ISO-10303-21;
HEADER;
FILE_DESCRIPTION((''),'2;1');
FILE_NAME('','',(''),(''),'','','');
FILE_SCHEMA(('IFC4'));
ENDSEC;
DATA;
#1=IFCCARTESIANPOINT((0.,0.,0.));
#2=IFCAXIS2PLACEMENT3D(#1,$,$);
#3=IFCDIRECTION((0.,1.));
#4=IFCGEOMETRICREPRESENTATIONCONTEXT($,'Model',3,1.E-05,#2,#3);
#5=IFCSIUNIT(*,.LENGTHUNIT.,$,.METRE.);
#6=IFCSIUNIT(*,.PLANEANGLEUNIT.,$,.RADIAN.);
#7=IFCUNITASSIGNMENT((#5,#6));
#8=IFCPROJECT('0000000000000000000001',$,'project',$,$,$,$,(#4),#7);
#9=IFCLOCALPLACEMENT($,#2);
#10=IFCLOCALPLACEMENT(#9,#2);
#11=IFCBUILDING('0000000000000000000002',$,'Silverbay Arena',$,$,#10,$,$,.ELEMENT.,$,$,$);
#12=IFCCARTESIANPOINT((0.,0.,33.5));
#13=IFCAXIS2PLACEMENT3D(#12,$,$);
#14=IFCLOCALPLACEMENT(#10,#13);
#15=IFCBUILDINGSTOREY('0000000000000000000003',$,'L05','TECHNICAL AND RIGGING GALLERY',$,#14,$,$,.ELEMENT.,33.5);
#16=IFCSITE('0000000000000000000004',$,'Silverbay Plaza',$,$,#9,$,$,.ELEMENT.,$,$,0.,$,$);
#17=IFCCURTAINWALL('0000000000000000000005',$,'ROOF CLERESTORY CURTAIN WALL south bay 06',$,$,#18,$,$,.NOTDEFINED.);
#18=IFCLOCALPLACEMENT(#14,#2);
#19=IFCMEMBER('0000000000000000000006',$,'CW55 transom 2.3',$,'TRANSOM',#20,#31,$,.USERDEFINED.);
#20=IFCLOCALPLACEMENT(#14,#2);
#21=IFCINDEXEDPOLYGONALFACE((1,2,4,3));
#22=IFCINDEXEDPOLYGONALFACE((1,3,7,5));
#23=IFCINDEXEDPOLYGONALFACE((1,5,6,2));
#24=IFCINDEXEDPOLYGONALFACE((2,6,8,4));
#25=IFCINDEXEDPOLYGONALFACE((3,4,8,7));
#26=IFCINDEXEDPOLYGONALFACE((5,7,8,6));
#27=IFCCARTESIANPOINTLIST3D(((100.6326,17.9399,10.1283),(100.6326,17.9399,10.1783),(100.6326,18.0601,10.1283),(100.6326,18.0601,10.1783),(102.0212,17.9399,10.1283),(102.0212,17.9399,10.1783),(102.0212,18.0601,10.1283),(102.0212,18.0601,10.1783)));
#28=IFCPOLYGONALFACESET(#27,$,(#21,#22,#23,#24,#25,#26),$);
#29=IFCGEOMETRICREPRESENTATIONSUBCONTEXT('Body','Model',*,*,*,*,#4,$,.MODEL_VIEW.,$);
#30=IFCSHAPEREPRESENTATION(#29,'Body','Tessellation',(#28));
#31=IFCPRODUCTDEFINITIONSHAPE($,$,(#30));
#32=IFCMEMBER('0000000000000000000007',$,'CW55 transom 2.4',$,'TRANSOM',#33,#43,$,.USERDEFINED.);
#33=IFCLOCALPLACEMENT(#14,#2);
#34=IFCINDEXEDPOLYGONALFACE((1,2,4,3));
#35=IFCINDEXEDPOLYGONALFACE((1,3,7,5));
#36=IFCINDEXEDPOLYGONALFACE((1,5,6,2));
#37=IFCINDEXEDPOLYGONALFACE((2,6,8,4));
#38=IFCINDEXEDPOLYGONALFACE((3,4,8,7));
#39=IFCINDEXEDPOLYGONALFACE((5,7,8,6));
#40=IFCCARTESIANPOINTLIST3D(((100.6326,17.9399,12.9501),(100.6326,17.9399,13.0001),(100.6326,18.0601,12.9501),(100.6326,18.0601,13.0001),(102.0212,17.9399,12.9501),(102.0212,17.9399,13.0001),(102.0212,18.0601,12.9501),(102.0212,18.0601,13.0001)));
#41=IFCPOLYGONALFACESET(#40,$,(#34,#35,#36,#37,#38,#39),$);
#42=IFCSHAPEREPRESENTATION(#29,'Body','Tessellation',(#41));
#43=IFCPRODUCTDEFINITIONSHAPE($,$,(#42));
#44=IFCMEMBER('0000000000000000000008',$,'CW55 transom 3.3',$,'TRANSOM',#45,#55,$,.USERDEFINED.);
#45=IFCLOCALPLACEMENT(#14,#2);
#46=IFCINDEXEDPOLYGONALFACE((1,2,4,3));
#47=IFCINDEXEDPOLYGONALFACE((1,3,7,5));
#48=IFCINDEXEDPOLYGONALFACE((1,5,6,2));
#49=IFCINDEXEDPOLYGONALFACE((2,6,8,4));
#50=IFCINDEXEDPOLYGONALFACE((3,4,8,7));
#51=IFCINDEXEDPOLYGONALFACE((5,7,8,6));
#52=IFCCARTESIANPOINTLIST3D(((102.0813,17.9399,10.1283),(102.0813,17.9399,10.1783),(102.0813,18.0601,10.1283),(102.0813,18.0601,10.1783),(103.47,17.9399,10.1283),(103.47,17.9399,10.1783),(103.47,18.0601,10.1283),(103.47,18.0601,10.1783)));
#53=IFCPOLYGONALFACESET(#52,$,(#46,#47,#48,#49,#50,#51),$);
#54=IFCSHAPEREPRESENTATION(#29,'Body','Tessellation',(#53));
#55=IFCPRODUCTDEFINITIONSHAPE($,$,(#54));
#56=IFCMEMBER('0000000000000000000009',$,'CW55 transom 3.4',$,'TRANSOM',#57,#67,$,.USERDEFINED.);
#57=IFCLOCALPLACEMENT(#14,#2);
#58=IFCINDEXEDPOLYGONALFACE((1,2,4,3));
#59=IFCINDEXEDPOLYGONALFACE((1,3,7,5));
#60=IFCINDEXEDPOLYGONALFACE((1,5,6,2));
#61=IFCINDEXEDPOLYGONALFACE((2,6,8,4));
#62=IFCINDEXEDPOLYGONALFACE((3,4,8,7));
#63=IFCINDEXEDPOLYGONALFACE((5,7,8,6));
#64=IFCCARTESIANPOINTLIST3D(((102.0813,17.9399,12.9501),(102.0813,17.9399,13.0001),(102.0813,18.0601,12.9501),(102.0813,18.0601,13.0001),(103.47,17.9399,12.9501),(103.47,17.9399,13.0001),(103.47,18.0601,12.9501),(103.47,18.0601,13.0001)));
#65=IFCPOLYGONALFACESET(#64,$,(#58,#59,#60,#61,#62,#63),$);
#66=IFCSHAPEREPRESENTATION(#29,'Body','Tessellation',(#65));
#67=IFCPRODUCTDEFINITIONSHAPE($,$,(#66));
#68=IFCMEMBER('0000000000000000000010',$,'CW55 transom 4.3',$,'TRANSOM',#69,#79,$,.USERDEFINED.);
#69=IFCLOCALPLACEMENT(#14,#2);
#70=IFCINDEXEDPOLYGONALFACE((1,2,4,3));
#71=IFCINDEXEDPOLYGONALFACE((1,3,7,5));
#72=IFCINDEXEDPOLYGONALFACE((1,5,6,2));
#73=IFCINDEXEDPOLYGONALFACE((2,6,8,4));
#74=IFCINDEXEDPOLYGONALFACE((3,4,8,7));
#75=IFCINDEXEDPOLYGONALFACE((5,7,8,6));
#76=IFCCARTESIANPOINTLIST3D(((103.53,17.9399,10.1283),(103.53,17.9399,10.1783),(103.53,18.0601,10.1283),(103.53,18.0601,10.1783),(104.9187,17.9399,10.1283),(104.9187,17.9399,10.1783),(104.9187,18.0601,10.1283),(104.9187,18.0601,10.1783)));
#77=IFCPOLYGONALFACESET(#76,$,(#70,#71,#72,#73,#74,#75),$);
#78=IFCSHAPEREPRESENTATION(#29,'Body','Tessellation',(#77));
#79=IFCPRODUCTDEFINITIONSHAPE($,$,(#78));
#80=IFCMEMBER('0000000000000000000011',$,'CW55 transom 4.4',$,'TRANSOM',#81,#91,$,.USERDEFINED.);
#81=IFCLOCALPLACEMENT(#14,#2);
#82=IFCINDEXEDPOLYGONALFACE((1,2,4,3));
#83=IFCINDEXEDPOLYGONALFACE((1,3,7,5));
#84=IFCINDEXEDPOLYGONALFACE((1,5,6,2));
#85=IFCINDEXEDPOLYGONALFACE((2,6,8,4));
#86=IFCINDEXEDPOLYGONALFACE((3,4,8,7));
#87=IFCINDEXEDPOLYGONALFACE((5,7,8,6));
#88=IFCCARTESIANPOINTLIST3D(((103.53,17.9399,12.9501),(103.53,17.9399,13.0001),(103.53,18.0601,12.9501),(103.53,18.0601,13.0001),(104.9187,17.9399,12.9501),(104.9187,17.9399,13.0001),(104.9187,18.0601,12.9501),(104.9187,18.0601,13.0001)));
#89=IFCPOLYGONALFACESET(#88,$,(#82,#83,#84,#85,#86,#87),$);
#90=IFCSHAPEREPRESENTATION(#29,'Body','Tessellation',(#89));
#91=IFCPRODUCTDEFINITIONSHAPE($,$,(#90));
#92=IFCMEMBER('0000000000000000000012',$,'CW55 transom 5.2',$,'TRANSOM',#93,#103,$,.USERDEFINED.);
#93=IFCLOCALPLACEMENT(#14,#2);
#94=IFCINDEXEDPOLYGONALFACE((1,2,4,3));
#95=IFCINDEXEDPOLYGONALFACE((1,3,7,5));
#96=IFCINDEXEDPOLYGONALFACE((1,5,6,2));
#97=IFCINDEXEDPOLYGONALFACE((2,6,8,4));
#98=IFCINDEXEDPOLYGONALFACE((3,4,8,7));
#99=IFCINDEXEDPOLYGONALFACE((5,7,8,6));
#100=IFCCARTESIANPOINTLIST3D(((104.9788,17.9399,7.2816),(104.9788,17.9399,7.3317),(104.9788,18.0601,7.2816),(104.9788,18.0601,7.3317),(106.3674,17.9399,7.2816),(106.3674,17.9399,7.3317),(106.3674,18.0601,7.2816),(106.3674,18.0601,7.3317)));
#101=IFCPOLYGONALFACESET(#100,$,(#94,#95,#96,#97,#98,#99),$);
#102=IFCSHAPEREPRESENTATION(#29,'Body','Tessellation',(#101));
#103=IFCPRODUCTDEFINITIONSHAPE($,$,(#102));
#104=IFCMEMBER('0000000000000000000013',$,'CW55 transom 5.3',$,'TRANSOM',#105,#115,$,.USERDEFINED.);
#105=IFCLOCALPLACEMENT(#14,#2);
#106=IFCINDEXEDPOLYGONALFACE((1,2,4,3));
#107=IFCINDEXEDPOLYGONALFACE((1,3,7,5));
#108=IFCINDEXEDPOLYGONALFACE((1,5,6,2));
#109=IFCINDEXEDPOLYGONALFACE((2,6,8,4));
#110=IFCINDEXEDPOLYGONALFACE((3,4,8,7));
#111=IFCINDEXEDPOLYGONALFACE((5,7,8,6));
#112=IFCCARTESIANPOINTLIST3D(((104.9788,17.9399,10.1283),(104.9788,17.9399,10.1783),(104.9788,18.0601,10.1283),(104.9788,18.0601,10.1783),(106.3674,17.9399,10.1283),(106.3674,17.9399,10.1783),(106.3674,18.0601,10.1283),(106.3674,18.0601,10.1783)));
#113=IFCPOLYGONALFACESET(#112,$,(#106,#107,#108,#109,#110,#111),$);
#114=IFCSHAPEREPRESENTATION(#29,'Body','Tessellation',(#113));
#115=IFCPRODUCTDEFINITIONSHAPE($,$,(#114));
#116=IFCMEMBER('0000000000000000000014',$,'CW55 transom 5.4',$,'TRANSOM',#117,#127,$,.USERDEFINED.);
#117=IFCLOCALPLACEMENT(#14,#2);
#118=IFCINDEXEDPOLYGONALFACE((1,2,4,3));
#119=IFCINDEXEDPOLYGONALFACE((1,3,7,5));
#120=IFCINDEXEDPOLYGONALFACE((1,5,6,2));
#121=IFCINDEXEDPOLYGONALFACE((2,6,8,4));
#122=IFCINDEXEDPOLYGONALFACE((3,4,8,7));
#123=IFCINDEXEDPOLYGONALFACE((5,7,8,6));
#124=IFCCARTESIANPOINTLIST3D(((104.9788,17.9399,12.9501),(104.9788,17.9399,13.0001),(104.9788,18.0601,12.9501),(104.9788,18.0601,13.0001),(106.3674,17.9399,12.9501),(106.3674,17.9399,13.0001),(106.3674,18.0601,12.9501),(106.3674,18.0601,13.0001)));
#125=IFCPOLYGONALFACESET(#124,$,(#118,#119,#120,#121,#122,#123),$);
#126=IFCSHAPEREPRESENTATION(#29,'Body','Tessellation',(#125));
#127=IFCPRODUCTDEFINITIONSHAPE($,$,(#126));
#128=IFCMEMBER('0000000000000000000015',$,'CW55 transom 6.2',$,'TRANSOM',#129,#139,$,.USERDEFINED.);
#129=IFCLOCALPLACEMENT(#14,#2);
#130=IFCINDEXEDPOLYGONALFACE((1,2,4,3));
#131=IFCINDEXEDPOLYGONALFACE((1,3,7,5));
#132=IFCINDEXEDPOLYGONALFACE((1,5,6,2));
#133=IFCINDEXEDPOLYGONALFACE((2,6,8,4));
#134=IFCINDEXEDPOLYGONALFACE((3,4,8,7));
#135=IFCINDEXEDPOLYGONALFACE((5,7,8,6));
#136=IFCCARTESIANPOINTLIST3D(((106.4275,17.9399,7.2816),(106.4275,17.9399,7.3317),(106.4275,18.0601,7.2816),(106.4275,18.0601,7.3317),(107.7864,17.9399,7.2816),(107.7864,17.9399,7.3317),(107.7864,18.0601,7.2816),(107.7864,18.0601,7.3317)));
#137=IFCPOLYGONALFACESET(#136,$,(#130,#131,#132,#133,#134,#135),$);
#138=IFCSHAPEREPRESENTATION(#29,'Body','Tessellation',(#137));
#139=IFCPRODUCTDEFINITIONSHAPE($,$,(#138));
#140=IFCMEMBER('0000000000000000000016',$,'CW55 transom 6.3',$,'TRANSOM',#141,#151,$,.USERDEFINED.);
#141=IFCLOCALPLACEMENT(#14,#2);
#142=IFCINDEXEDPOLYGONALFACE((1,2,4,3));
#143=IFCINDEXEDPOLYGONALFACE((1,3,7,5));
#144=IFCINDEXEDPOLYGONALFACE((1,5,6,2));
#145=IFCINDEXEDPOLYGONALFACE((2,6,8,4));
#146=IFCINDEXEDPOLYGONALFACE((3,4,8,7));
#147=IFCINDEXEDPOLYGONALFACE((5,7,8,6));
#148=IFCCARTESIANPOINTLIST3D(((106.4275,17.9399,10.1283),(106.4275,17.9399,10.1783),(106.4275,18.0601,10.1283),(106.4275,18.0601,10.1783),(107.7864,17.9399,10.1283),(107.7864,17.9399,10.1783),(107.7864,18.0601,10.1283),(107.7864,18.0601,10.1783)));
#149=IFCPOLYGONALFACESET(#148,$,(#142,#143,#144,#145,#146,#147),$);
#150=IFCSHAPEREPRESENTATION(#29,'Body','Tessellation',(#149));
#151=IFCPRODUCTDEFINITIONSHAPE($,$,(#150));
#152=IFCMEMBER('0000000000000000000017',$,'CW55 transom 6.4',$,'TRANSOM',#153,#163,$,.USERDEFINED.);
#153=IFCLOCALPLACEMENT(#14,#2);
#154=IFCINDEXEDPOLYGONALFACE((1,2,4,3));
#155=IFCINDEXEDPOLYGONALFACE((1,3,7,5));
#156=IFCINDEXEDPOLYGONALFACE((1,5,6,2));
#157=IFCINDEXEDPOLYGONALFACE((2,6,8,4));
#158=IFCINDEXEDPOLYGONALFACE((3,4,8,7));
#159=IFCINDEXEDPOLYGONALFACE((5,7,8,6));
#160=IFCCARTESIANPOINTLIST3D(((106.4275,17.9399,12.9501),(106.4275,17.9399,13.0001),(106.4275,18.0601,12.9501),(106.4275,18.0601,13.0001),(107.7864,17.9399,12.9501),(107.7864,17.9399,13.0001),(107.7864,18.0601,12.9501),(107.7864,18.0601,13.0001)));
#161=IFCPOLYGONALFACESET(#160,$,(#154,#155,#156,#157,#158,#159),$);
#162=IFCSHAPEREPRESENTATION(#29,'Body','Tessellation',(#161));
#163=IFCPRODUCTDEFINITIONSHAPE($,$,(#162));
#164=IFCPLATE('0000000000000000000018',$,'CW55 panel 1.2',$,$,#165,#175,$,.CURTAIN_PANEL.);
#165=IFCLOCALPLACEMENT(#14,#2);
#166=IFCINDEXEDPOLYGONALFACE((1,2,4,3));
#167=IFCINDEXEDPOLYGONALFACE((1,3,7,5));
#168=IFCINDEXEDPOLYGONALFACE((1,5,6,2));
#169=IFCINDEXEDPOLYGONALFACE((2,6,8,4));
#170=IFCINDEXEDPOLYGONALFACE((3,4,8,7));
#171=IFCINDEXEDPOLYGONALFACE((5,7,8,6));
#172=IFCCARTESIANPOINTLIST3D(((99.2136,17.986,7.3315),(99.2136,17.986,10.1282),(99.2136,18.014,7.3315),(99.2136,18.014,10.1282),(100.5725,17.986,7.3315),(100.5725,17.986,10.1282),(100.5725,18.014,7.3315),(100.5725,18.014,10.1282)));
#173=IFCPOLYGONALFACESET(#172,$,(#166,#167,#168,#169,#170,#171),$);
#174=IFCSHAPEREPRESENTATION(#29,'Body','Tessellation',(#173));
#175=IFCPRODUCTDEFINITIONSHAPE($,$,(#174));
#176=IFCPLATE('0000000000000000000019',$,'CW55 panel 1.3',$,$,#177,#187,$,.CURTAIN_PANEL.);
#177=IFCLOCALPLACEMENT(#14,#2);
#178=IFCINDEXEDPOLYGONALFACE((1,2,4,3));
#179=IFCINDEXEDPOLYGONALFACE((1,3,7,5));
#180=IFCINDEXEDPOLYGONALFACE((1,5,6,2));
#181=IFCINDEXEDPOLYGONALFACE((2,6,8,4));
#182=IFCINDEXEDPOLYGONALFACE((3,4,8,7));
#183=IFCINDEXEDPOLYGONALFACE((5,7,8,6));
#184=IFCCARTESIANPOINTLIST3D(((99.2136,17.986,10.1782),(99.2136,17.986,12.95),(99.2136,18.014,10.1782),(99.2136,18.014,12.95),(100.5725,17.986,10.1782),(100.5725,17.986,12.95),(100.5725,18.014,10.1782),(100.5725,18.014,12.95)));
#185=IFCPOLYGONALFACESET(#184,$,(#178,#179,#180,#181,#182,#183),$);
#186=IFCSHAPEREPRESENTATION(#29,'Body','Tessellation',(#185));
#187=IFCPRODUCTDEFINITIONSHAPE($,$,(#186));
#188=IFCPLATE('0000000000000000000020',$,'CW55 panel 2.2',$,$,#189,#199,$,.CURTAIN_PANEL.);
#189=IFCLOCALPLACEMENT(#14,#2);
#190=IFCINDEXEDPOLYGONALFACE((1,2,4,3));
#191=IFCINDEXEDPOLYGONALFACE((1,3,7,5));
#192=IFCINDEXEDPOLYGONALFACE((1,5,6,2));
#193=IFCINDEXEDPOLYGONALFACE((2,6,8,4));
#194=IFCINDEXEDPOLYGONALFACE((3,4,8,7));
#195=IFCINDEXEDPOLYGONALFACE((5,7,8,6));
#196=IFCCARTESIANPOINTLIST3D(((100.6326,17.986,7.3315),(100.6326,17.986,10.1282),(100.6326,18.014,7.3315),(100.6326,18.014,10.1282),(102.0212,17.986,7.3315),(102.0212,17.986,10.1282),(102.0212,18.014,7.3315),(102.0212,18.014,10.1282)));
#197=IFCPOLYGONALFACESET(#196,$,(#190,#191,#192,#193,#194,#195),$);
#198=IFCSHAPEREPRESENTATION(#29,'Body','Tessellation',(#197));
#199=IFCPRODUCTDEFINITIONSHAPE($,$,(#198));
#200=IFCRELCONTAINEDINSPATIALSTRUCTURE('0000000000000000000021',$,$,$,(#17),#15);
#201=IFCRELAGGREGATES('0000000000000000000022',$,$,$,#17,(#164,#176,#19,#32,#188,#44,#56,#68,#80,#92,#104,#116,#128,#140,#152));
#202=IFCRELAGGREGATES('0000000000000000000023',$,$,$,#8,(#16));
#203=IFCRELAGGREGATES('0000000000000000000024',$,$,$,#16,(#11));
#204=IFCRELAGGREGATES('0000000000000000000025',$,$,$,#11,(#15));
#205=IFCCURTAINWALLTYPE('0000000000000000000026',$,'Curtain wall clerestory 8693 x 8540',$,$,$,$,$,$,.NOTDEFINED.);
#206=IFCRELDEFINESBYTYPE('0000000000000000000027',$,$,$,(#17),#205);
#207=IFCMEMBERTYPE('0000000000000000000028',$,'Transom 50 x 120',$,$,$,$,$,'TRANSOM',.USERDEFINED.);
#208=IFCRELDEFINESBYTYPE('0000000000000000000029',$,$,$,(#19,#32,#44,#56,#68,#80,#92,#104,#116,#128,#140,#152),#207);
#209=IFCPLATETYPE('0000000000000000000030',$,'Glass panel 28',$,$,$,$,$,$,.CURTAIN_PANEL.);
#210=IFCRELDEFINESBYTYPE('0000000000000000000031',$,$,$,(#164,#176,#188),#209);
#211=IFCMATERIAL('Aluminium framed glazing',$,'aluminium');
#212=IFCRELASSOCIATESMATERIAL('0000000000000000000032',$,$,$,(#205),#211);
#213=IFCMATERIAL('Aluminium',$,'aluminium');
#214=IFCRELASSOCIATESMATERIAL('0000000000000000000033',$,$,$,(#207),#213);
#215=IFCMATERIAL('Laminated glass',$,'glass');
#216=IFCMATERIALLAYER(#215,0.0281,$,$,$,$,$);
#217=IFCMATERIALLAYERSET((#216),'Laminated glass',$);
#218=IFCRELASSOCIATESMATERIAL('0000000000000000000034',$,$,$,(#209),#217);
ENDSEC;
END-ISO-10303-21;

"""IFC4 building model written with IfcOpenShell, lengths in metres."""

from ifc_helpers import new_model, si_unit, direction, frame, origin, origin_2d, place, context, subcontext, project, spatial, rectangle, extrude, material, layer, layer_set, material_profile, profile_set, type_object, element, aggregate, save


model = new_model("IFC4")

# Units and contexts
model_context = context("Model", 3, precision=1e-05, world=origin(), true_north=direction((0.0, 1.0)))
body_context = subcontext(model_context, "Body", "Model", "MODEL_VIEW")
ifc_project = project(units=[si_unit("LENGTHUNIT", "METRE"), si_unit("PLANEANGLEUNIT", "RADIAN")], contexts=[model_context])

# Site, building, storey
site_placement = place(None, origin())
site = spatial("IfcSite", under=ifc_project, at=site_placement, Name="Silverbay Plaza", CompositionType="ELEMENT", RefElevation=0.0)
building_placement = place(site_placement, origin())
building = spatial("IfcBuilding", under=site, at=building_placement, Name="Silverbay Arena", CompositionType="ELEMENT")
storey_placement = place(building_placement, frame((0.0, 0.0, 33.5)))
storey = spatial("IfcBuildingStorey", under=building, at=storey_placement, Name="L05", Description="TECHNICAL AND RIGGING GALLERY", CompositionType="ELEMENT", Elevation=33.5)

# Curtain wall, members, plates
ifc_material_1 = material(Name="Aluminium framed glazing", Category="aluminium")
curtain_wall_type = type_object("IfcCurtainWallType", Name="Curtain wall clerestory 8693 x 8540", PredefinedType="NOTDEFINED", material=ifc_material_1)
curtain_wall_placement = place(storey_placement, origin())
curtain_wall = element("IfcCurtainWall", 1, at=curtain_wall_placement, inside=storey, type_object=curtain_wall_type, Name="ROOF CLERESTORY CURTAIN WALL south bay 06", PredefinedType="NOTDEFINED")
ifc_material_2 = material(Name="Aluminium", Category="aluminium")
ifc_material_profile_1 = material_profile(ifc_material_2, rectangle(XDim=0.1201, YDim=0.05, at=origin_2d()), Name="Transom 50 x 120")
ifc_profile_set_1 = profile_set([ifc_material_profile_1], Name="Aluminium")
member_type_1 = type_object("IfcMemberType", Name="Transom 50 x 120", ElementType="TRANSOM", PredefinedType="USERDEFINED", material=ifc_profile_set_1)
member_1_placement = place(storey_placement, frame((100.6326, 18.0, 10.1533), z_axis=(1.0, 0.0, 0.0), x_axis=(0.0, 1.0, 0.0)))
member_1 = element("IfcMember", 2, at=member_1_placement, type_object=member_type_1, Name="CW55 transom 2.3", ObjectType="TRANSOM", PredefinedType="USERDEFINED", context=body_context, shape_type="SweptSolid", body=[
    extrude(rectangle(XDim=0.1201, YDim=0.05, at=origin_2d()), origin(), (0.0, 0.0, 1.0), 1.3887),
])
member_2_placement = place(storey_placement, frame((100.6326, 18.0, 12.9751), z_axis=(1.0, 0.0, 0.0), x_axis=(0.0, 1.0, 0.0)))
member_2 = element("IfcMember", 3, at=member_2_placement, type_object=member_type_1, Name="CW55 transom 2.4", ObjectType="TRANSOM", PredefinedType="USERDEFINED", context=body_context, shape_type="SweptSolid", body=[
    extrude(rectangle(XDim=0.1201, YDim=0.05, at=origin_2d()), origin(), (0.0, 0.0, 1.0), 1.3887),
])
member_3_placement = place(storey_placement, frame((102.0813, 18.0, 10.1533), z_axis=(1.0, 0.0, 0.0), x_axis=(0.0, 1.0, 0.0)))
member_3 = element("IfcMember", 4, at=member_3_placement, type_object=member_type_1, Name="CW55 transom 3.3", ObjectType="TRANSOM", PredefinedType="USERDEFINED", context=body_context, shape_type="SweptSolid", body=[
    extrude(rectangle(XDim=0.1201, YDim=0.05, at=origin_2d()), origin(), (0.0, 0.0, 1.0), 1.3887),
])
member_4_placement = place(storey_placement, frame((102.0813, 18.0, 12.9751), z_axis=(1.0, 0.0, 0.0), x_axis=(0.0, 1.0, 0.0)))
member_4 = element("IfcMember", 5, at=member_4_placement, type_object=member_type_1, Name="CW55 transom 3.4", ObjectType="TRANSOM", PredefinedType="USERDEFINED", context=body_context, shape_type="SweptSolid", body=[
    extrude(rectangle(XDim=0.1201, YDim=0.05, at=origin_2d()), origin(), (0.0, 0.0, 1.0), 1.3887),
])
member_5_placement = place(storey_placement, frame((103.53, 18.0, 10.1533), z_axis=(1.0, 0.0, 0.0), x_axis=(0.0, 1.0, 0.0)))
member_5 = element("IfcMember", 6, at=member_5_placement, type_object=member_type_1, Name="CW55 transom 4.3", ObjectType="TRANSOM", PredefinedType="USERDEFINED", context=body_context, shape_type="SweptSolid", body=[
    extrude(rectangle(XDim=0.1201, YDim=0.05, at=origin_2d()), origin(), (0.0, 0.0, 1.0), 1.3887),
])
member_6_placement = place(storey_placement, frame((103.53, 18.0, 12.9751), z_axis=(1.0, 0.0, 0.0), x_axis=(0.0, 1.0, 0.0)))
member_6 = element("IfcMember", 7, at=member_6_placement, type_object=member_type_1, Name="CW55 transom 4.4", ObjectType="TRANSOM", PredefinedType="USERDEFINED", context=body_context, shape_type="SweptSolid", body=[
    extrude(rectangle(XDim=0.1201, YDim=0.05, at=origin_2d()), origin(), (0.0, 0.0, 1.0), 1.3887),
])
member_7_placement = place(storey_placement, frame((104.9788, 18.0, 7.3066), z_axis=(1.0, 0.0, 0.0), x_axis=(0.0, 1.0, 0.0)))
member_7 = element("IfcMember", 8, at=member_7_placement, type_object=member_type_1, Name="CW55 transom 5.2", ObjectType="TRANSOM", PredefinedType="USERDEFINED", context=body_context, shape_type="SweptSolid", body=[
    extrude(rectangle(XDim=0.1201, YDim=0.05, at=origin_2d()), origin(), (0.0, 0.0, 1.0), 1.3887),
])
member_8_placement = place(storey_placement, frame((104.9788, 18.0, 10.1533), z_axis=(1.0, 0.0, 0.0), x_axis=(0.0, 1.0, 0.0)))
member_8 = element("IfcMember", 9, at=member_8_placement, type_object=member_type_1, Name="CW55 transom 5.3", ObjectType="TRANSOM", PredefinedType="USERDEFINED", context=body_context, shape_type="SweptSolid", body=[
    extrude(rectangle(XDim=0.1201, YDim=0.05, at=origin_2d()), origin(), (0.0, 0.0, 1.0), 1.3887),
])
member_9_placement = place(storey_placement, frame((104.9788, 18.0, 12.9751), z_axis=(1.0, 0.0, 0.0), x_axis=(0.0, 1.0, 0.0)))
member_9 = element("IfcMember", 10, at=member_9_placement, type_object=member_type_1, Name="CW55 transom 5.4", ObjectType="TRANSOM", PredefinedType="USERDEFINED", context=body_context, shape_type="SweptSolid", body=[
    extrude(rectangle(XDim=0.1201, YDim=0.05, at=origin_2d()), origin(), (0.0, 0.0, 1.0), 1.3887),
])
member_10_placement = place(storey_placement, frame((106.4275, 18.0, 7.3066), z_axis=(1.0, 0.0, 0.0), x_axis=(0.0, 1.0, 0.0)))
member_10 = element("IfcMember", 11, at=member_10_placement, type_object=member_type_1, Name="CW55 transom 6.2", ObjectType="TRANSOM", PredefinedType="USERDEFINED", context=body_context, shape_type="SweptSolid", body=[
    extrude(rectangle(XDim=0.1201, YDim=0.05, at=origin_2d()), origin(), (0.0, 0.0, 1.0), 1.3589),
])
member_11_placement = place(storey_placement, frame((106.4275, 18.0, 10.1533), z_axis=(1.0, 0.0, 0.0), x_axis=(0.0, 1.0, 0.0)))
member_11 = element("IfcMember", 12, at=member_11_placement, type_object=member_type_1, Name="CW55 transom 6.3", ObjectType="TRANSOM", PredefinedType="USERDEFINED", context=body_context, shape_type="SweptSolid", body=[
    extrude(rectangle(XDim=0.1201, YDim=0.05, at=origin_2d()), origin(), (0.0, 0.0, 1.0), 1.3589),
])
member_12_placement = place(storey_placement, frame((106.4275, 18.0, 12.9751), z_axis=(1.0, 0.0, 0.0), x_axis=(0.0, 1.0, 0.0)))
member_12 = element("IfcMember", 13, at=member_12_placement, type_object=member_type_1, Name="CW55 transom 6.4", ObjectType="TRANSOM", PredefinedType="USERDEFINED", context=body_context, shape_type="SweptSolid", body=[
    extrude(rectangle(XDim=0.1201, YDim=0.05, at=origin_2d()), origin(), (0.0, 0.0, 1.0), 1.3589),
])
ifc_material_3 = material(Name="Laminated glass", Category="glass")
ifc_layer = layer(ifc_material_3, 0.0281)
ifc_layer_set = layer_set([ifc_layer], Name="Laminated glass")
plate_type = type_object("IfcPlateType", Name="Glass panel 28", PredefinedType="CURTAIN_PANEL", material=ifc_layer_set)
plate_1_placement = place(storey_placement, frame((99.8931, 18.0, 7.3315), z_axis=(0.0, 0.0, 1.0), x_axis=(1.0, 0.0, 0.0)))
plate_1 = element("IfcPlate", 14, at=plate_1_placement, type_object=plate_type, Name="CW55 panel 1.2", PredefinedType="CURTAIN_PANEL", context=body_context, shape_type="SweptSolid", body=[
    extrude(rectangle(XDim=1.3589, YDim=0.0281, at=origin_2d()), origin(), (0.0, 0.0, 1.0), 2.7966),
])
plate_2_placement = place(storey_placement, frame((99.8931, 18.0, 10.1782), z_axis=(0.0, 0.0, 1.0), x_axis=(1.0, 0.0, 0.0)))
plate_2 = element("IfcPlate", 15, at=plate_2_placement, type_object=plate_type, Name="CW55 panel 1.3", PredefinedType="CURTAIN_PANEL", context=body_context, shape_type="SweptSolid", body=[
    extrude(rectangle(XDim=1.3589, YDim=0.0281, at=origin_2d()), origin(), (0.0, 0.0, 1.0), 2.7717),
])
plate_3_placement = place(storey_placement, frame((101.3269, 18.0, 7.3315), z_axis=(0.0, 0.0, 1.0), x_axis=(1.0, 0.0, 0.0)))
plate_3 = element("IfcPlate", 16, at=plate_3_placement, type_object=plate_type, Name="CW55 panel 2.2", PredefinedType="CURTAIN_PANEL", context=body_context, shape_type="SweptSolid", body=[
    extrude(rectangle(XDim=1.3887, YDim=0.0281, at=origin_2d()), origin(), (0.0, 0.0, 1.0), 2.7966),
])
aggregate(curtain_wall, [plate_1, plate_2, member_1, member_2, plate_3, member_3, member_4, member_5, member_6, member_7, member_8, member_9, member_10, member_11, member_12])

save(model, "model.ifc")
